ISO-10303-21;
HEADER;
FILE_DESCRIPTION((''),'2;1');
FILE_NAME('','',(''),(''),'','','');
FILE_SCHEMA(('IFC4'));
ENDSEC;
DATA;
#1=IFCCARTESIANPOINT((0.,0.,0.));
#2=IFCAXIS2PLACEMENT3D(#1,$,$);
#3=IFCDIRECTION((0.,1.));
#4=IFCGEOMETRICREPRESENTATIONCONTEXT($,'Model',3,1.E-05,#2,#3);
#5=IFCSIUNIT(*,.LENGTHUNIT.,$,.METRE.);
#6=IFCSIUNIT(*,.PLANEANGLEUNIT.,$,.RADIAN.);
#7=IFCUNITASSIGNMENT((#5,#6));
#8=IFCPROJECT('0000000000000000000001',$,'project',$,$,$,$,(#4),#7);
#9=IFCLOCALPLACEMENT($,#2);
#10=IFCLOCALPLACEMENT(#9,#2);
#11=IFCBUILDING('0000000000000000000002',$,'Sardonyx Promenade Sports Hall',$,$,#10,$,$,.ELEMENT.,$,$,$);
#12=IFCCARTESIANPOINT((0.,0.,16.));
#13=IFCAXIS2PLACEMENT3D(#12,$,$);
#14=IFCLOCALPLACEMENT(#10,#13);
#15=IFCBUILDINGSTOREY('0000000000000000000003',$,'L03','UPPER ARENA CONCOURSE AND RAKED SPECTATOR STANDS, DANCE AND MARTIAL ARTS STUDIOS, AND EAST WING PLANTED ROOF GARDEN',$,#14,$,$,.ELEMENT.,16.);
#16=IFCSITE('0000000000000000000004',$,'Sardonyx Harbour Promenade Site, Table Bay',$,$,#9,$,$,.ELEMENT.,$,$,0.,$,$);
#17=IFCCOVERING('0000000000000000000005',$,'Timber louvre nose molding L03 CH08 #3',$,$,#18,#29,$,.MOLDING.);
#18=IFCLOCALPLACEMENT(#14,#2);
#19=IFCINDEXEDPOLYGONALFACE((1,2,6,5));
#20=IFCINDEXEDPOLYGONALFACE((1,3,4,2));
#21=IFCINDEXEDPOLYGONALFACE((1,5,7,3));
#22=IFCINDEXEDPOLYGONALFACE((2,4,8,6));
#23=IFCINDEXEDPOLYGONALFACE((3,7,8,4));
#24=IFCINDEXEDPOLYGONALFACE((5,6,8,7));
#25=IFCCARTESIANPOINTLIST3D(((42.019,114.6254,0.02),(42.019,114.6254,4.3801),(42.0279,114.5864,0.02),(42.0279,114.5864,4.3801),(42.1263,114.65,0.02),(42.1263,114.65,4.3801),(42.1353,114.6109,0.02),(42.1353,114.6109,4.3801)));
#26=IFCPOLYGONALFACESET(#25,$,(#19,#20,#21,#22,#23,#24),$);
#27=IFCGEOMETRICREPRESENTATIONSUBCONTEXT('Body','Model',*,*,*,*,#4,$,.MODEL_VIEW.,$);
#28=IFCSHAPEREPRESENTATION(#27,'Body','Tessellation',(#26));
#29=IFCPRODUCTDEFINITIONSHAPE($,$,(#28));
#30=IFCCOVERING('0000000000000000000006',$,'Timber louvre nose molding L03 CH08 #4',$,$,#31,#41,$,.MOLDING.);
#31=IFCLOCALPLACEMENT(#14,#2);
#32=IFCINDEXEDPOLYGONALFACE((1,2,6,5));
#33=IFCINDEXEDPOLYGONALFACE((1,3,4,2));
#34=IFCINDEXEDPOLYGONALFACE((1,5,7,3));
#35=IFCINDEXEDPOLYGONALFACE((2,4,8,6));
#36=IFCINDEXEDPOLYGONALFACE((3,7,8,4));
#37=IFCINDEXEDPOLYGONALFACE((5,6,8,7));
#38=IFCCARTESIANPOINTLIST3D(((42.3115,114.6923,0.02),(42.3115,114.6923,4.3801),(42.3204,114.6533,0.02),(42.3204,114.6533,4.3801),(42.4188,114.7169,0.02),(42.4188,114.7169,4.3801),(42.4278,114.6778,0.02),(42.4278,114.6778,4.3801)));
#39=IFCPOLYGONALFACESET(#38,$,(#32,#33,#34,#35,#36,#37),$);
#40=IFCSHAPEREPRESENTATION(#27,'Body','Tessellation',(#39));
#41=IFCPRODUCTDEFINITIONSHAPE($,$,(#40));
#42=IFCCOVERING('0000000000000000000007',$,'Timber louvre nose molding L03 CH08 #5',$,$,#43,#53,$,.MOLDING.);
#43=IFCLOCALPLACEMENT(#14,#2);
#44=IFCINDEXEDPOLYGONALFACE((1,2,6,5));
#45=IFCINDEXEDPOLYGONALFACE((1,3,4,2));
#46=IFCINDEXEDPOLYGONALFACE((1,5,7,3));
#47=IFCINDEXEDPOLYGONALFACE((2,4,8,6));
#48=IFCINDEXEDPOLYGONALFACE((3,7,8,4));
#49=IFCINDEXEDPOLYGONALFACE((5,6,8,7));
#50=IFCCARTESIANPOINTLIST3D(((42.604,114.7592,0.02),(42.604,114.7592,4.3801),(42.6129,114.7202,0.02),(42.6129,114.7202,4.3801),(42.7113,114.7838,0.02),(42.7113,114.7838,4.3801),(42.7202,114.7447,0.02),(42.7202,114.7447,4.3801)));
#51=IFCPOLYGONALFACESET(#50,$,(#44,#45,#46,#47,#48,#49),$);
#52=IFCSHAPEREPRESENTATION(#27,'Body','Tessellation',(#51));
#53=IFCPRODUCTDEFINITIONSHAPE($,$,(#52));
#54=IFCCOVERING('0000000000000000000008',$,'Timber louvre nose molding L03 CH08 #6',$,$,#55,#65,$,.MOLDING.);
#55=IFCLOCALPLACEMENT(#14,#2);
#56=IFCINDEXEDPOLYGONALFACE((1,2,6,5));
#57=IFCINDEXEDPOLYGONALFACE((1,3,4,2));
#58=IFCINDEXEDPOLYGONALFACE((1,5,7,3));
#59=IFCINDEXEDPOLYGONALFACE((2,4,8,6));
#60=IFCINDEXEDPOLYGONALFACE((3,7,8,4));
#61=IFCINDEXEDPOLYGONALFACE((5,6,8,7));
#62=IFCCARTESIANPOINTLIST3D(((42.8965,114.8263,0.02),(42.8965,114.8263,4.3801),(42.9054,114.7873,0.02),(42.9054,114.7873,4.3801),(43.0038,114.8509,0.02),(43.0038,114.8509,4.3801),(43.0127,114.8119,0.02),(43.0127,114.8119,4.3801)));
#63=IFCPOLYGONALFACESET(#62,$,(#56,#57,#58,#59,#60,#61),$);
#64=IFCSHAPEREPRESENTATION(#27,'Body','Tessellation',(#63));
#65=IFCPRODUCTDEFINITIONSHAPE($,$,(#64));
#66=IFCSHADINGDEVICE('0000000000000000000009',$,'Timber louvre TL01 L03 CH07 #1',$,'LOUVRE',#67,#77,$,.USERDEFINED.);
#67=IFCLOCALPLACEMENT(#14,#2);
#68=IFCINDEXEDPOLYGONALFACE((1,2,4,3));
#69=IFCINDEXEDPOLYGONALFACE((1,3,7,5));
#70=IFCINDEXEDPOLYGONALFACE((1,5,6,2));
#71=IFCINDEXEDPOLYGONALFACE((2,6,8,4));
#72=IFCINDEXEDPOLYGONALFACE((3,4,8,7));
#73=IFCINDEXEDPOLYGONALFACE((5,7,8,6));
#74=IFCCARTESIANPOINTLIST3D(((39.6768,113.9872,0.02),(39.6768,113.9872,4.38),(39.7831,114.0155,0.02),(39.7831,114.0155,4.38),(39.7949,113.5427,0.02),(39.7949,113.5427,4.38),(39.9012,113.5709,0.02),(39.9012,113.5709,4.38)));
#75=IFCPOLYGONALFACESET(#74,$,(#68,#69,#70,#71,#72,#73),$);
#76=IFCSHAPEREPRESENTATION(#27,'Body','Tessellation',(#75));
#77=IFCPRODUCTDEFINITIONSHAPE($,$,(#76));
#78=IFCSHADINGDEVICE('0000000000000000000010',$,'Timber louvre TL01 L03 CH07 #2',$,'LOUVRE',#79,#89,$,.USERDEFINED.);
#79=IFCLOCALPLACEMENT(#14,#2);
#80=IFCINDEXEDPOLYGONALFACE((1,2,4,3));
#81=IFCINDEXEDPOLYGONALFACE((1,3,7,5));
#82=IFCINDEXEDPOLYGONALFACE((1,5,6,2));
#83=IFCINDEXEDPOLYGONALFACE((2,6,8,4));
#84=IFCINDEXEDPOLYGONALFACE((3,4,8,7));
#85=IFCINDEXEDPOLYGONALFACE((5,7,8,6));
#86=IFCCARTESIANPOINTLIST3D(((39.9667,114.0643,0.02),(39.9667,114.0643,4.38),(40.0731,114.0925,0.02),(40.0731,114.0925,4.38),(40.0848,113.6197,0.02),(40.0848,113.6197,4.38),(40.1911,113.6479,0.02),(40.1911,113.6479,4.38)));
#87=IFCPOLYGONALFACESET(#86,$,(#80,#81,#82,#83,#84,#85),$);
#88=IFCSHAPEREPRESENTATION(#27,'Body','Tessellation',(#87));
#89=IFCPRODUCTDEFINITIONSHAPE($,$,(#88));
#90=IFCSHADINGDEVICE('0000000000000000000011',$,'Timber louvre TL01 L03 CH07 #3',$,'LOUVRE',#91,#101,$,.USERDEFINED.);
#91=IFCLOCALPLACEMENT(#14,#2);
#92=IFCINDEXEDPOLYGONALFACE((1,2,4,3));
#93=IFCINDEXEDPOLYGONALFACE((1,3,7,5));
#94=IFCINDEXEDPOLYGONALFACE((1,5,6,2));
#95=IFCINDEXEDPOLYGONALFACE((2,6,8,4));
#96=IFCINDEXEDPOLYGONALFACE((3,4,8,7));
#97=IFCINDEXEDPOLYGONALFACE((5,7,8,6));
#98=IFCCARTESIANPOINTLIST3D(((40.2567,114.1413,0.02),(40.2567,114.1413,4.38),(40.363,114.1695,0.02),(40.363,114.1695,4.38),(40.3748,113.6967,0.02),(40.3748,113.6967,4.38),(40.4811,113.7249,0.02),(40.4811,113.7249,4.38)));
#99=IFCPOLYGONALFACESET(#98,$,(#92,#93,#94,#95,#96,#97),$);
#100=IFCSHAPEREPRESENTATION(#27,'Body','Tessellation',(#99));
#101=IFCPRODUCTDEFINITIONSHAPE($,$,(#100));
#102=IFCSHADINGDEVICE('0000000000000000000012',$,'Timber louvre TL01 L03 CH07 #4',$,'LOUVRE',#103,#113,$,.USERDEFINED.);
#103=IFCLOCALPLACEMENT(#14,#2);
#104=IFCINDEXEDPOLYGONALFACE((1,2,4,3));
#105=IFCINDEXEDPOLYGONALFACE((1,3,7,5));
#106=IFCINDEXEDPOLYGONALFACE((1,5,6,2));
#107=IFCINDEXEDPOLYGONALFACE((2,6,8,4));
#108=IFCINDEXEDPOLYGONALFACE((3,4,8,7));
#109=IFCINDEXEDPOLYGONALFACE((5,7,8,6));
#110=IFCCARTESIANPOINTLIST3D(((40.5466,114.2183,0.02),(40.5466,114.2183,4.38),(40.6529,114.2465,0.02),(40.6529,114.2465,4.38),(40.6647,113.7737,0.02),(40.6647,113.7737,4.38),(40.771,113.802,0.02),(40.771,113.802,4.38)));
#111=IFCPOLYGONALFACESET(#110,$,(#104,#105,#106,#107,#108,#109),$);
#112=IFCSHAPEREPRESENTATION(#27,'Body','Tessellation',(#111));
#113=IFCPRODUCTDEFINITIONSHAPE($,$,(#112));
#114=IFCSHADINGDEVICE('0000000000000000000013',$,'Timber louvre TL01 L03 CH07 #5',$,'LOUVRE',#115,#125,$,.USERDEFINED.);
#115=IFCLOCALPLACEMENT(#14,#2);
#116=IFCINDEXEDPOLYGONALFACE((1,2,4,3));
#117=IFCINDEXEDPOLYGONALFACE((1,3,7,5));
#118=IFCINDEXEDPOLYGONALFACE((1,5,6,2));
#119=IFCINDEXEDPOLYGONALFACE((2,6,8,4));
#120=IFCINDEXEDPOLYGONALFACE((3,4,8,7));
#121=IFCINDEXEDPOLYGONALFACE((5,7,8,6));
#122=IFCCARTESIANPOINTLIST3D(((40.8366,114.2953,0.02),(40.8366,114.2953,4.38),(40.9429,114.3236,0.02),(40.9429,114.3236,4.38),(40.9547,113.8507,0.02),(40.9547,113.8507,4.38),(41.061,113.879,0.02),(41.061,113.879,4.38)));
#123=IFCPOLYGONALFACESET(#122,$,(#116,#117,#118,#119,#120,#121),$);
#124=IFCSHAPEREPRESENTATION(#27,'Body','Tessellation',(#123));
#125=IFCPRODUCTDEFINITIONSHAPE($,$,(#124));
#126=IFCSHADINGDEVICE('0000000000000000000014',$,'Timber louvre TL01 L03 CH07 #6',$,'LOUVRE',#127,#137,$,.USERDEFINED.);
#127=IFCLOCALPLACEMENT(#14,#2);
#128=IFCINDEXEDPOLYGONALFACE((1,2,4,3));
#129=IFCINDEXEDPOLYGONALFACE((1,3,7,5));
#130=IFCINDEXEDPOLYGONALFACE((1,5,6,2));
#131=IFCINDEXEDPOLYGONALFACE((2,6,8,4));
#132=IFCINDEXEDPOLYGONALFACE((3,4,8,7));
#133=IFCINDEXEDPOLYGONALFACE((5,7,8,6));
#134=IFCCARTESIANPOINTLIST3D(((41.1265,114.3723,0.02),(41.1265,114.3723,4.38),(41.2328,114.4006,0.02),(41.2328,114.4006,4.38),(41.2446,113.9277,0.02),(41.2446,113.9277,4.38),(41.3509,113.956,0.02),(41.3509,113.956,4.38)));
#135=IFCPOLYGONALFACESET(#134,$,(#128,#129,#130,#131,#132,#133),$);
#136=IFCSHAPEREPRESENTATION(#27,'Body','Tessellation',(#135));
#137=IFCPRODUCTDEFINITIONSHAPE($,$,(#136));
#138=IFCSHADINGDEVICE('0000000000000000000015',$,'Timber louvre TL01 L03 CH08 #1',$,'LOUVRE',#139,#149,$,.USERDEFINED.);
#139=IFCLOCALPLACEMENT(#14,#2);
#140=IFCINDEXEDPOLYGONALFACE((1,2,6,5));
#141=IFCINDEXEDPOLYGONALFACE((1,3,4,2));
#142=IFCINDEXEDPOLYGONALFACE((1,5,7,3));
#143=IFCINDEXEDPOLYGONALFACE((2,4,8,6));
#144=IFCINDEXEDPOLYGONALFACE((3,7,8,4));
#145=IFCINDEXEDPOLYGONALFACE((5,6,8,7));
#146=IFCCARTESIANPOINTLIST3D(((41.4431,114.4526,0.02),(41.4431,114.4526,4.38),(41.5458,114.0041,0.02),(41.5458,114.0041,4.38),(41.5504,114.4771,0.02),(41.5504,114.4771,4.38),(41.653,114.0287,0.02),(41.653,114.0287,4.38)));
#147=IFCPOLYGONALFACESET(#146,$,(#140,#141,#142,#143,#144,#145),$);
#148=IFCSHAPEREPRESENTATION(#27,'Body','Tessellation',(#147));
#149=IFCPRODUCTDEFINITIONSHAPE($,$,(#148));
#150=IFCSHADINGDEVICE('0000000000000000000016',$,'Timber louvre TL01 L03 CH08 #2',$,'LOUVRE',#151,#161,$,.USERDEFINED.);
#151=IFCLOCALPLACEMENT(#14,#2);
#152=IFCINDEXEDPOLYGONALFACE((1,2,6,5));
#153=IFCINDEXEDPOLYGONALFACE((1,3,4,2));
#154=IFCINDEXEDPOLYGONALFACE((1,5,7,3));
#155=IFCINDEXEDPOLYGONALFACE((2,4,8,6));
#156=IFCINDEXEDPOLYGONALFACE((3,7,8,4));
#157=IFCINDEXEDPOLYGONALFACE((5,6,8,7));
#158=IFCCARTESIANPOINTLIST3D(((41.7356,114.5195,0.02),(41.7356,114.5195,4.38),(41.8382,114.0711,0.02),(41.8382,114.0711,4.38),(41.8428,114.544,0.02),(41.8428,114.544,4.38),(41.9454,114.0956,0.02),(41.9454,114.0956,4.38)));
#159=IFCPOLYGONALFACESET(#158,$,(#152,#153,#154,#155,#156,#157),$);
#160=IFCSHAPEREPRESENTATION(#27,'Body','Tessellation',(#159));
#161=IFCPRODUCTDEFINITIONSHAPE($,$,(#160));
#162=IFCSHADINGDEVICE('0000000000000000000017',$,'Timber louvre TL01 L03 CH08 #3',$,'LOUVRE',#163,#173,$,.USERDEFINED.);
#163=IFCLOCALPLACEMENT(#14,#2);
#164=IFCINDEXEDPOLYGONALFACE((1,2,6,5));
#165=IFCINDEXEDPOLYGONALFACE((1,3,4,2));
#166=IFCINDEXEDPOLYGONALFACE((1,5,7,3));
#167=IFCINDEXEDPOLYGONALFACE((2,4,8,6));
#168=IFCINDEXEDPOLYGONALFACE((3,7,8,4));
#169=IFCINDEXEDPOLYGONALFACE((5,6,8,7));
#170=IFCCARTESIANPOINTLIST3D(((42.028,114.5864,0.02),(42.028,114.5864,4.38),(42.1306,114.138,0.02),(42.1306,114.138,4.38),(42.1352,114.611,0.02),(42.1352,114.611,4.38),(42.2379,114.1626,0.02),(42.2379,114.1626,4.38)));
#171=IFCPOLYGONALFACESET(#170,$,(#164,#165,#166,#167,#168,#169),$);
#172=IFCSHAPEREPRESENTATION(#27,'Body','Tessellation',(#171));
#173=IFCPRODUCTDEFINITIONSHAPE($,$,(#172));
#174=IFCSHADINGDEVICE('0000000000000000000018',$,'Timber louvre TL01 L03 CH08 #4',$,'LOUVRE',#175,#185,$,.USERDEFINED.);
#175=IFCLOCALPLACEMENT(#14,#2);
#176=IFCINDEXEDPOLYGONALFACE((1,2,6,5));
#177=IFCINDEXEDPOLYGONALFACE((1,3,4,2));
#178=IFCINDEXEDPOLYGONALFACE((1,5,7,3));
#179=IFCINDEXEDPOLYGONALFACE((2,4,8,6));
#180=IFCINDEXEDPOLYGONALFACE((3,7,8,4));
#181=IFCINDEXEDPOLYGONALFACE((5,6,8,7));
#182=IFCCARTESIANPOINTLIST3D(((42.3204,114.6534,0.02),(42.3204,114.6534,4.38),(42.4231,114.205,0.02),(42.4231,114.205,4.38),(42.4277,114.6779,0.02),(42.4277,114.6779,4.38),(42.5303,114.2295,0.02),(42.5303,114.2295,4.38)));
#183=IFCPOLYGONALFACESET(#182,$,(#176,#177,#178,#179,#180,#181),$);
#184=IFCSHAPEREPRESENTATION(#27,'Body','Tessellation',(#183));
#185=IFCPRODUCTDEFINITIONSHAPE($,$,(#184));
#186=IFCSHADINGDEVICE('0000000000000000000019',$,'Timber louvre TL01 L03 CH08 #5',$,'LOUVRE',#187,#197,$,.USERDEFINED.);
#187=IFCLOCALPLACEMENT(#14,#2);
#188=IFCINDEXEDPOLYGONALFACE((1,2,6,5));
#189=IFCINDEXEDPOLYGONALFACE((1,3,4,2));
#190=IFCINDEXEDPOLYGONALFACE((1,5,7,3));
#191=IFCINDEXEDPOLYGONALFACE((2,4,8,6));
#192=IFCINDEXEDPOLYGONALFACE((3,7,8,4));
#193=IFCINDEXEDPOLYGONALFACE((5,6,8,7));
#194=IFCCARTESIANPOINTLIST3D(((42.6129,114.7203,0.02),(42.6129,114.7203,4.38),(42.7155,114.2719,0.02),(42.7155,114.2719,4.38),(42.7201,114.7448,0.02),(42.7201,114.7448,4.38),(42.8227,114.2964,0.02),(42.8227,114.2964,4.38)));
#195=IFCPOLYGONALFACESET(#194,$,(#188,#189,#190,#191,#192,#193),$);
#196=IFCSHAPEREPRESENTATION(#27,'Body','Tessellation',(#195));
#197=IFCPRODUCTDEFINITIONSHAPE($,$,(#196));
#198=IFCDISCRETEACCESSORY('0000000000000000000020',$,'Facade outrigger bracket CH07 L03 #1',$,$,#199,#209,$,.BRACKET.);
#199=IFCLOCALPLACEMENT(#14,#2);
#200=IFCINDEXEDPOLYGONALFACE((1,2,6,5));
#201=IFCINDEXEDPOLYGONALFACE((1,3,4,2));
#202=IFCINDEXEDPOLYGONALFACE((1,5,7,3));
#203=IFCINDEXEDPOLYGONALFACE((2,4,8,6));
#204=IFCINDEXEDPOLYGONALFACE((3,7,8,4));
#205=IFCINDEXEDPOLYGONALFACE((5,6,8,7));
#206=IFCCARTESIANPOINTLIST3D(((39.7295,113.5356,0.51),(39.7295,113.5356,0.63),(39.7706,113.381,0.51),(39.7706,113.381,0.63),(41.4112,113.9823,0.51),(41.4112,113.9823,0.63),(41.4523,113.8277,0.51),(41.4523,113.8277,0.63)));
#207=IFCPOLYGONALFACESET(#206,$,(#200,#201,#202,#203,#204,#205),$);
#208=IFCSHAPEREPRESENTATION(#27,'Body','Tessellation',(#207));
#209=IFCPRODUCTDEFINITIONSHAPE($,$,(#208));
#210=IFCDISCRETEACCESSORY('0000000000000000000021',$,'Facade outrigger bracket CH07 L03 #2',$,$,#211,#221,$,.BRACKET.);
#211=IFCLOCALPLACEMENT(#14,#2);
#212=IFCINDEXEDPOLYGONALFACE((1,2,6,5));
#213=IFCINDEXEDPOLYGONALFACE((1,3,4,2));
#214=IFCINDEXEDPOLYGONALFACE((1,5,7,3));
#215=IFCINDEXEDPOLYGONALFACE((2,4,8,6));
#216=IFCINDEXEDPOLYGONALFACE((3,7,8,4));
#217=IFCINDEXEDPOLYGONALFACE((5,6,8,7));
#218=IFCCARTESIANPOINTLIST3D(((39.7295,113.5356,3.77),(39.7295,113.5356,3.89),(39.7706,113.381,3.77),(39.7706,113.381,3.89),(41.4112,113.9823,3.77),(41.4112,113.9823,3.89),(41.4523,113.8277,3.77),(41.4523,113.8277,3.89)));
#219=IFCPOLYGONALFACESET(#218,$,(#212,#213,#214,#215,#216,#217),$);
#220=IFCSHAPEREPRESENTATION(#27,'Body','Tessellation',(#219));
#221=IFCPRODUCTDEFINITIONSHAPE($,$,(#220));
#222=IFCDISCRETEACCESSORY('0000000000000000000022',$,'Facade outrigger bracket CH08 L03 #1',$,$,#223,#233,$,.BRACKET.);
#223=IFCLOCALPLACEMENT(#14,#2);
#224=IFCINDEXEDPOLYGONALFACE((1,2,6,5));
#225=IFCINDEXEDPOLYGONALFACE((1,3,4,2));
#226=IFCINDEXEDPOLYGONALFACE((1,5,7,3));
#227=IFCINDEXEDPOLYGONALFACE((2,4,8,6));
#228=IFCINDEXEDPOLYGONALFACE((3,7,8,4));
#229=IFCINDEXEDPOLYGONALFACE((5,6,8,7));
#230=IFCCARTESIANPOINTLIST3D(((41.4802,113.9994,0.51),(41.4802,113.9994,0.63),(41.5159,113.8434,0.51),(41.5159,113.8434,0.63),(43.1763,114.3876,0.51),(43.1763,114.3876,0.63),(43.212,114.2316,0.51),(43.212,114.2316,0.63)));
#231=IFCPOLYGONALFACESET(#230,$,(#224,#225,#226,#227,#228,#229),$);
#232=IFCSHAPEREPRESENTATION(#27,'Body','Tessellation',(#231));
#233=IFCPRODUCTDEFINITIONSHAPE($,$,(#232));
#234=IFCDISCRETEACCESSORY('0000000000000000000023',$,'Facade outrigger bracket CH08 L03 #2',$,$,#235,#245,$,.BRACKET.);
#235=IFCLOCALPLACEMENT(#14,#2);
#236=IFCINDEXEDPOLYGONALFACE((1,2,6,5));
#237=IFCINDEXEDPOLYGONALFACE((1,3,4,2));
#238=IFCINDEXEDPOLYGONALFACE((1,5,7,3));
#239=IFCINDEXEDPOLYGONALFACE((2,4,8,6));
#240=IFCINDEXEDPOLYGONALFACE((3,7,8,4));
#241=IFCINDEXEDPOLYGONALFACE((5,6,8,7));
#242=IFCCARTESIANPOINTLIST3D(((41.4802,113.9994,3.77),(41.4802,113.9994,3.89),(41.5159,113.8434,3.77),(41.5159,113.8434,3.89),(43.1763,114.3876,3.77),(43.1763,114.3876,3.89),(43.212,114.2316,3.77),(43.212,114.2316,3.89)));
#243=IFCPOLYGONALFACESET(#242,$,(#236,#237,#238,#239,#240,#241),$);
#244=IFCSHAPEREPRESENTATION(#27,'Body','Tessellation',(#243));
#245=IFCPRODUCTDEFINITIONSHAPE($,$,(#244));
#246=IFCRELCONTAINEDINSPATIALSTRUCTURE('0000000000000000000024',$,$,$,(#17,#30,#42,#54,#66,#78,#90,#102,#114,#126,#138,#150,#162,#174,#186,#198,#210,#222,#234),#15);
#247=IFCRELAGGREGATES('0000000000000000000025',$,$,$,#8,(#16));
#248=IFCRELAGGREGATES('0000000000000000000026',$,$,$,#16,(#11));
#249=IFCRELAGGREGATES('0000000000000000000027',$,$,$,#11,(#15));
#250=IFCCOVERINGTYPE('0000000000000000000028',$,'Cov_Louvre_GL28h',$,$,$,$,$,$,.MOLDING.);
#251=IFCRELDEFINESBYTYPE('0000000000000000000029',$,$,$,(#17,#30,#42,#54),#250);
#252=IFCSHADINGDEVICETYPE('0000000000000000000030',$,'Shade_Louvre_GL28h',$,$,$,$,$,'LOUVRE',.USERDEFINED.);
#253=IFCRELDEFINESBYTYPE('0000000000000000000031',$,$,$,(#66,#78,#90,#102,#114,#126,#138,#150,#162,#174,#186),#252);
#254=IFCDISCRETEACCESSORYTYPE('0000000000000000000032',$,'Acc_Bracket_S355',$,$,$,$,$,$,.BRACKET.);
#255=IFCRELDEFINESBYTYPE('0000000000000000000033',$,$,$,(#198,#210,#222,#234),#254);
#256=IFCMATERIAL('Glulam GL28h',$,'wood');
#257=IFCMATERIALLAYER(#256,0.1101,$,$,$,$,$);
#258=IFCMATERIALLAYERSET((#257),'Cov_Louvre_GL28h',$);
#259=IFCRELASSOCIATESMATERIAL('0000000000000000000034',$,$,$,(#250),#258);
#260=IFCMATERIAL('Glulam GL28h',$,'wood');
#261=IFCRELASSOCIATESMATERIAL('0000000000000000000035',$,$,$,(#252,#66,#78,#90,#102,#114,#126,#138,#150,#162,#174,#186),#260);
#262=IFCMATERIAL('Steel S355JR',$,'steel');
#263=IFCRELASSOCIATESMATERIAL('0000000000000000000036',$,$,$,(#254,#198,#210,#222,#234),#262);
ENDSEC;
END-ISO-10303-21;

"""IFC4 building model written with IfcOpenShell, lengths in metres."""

from ifc_helpers import new_model, si_unit, direction, frame, origin, origin_2d, place, context, subcontext, project, spatial, rectangle, extrude, material, layer, layer_set, type_object, element, save


model = new_model("IFC4")

# Units and contexts
model_context = context("Model", 3, precision=1e-05, world=origin(), true_north=direction((0.0, 1.0)))
body_context = subcontext(model_context, "Body", "Model", "MODEL_VIEW")
ifc_project = project(units=[si_unit("LENGTHUNIT", "METRE"), si_unit("PLANEANGLEUNIT", "RADIAN")], contexts=[model_context])

# Site, building, storey
site_placement = place(None, origin())
site = spatial("IfcSite", under=ifc_project, at=site_placement, Name="Sardonyx Harbour Promenade Site, Table Bay", CompositionType="ELEMENT", RefElevation=0.0)
building_placement = place(site_placement, origin())
building = spatial("IfcBuilding", under=site, at=building_placement, Name="Sardonyx Promenade Sports Hall", CompositionType="ELEMENT")
storey_placement = place(building_placement, frame((0.0, 0.0, 16.0)))
storey = spatial("IfcBuildingStorey", under=building, at=storey_placement, Name="L03", Description="UPPER ARENA CONCOURSE AND RAKED SPECTATOR STANDS, DANCE AND MARTIAL ARTS STUDIOS, AND EAST WING PLANTED ROOF GARDEN", CompositionType="ELEMENT", Elevation=16.0)

# Coverings
ifc_material_1 = material(Name="Glulam GL28h", Category="wood")
ifc_layer_1 = layer(ifc_material_1, 0.1101)
ifc_layer_set_1 = layer_set([ifc_layer_1], Name="Cov_Louvre_GL28h")
covering_type = type_object("IfcCoveringType", Name="Cov_Louvre_GL28h", PredefinedType="MOLDING", material=ifc_layer_set_1)
for number, where, z_axis, x_axis, name in (
    (1, (42.0771, 114.6182, 0.02), (0.0, 0.0, 1.0), (0.974792, 0.223117, 0.0), "Timber louvre nose molding L03 CH08 #3"),
    (2, (42.3696, 114.6851, 0.02), (0.0, 0.0, 1.0), (0.974792, 0.223117, 0.0), "Timber louvre nose molding L03 CH08 #4"),
    (3, (42.6621, 114.752, 0.02), (0.0, 0.0, 1.0), (0.974792, 0.223117, 0.0), "Timber louvre nose molding L03 CH08 #5"),
    (4, (42.9546, 114.8191, 0.02), (0.0, 0.0, 1.0), (0.974792, 0.223117, 0.0), "Timber louvre nose molding L03 CH08 #6"),
):
    element("IfcCovering", number, at=place(storey_placement, frame(where, z_axis=z_axis, x_axis=x_axis)), inside=storey, type_object=covering_type, Name=name, PredefinedType="MOLDING", context=body_context, shape_type="SweptSolid", body=[
        extrude(rectangle(XDim=0.1101, YDim=0.04, at=origin_2d()), origin(), (0.0, 0.0, 1.0), 4.3601),
    ])

# Shading devices
ifc_material_2 = material(Name="Glulam GL28h", Category="wood")
shading_device_type = type_object("IfcShadingDeviceType", Name="Shade_Louvre_GL28h", ElementType="LOUVRE", PredefinedType="USERDEFINED", material=ifc_material_2)
for number, where, z_axis, x_axis, name in (
    (5, (39.789, 113.7791, 0.02), (0.0, 0.0, 1.0), (0.966485, 0.256721, 0.0), "Timber louvre TL01 L03 CH07 #1"),
    (6, (40.0789, 113.8561, 0.02), (0.0, 0.0, 1.0), (0.966485, 0.256721, 0.0), "Timber louvre TL01 L03 CH07 #2"),
    (7, (40.3689, 113.9331, 0.02), (0.0, 0.0, 1.0), (0.966485, 0.256721, 0.0), "Timber louvre TL01 L03 CH07 #3"),
    (8, (40.6588, 114.0101, 0.02), (0.0, 0.0, 1.0), (0.966485, 0.256721, 0.0), "Timber louvre TL01 L03 CH07 #4"),
    (9, (40.9488, 114.0871, 0.02), (0.0, 0.0, 1.0), (0.966485, 0.256721, 0.0), "Timber louvre TL01 L03 CH07 #5"),
    (10, (41.2387, 114.1642, 0.02), (0.0, 0.0, 1.0), (0.966485, 0.256721, 0.0), "Timber louvre TL01 L03 CH07 #6"),
    (11, (41.5481, 114.2406, 0.02), (0.0, 0.0, 1.0), (0.974792, 0.223117, 0.0), "Timber louvre TL01 L03 CH08 #1"),
    (12, (41.8405, 114.3076, 0.02), (0.0, 0.0, 1.0), (0.974792, 0.223117, 0.0), "Timber louvre TL01 L03 CH08 #2"),
    (13, (42.1329, 114.3745, 0.02), (0.0, 0.0, 1.0), (0.974792, 0.223117, 0.0), "Timber louvre TL01 L03 CH08 #3"),
    (14, (42.4254, 114.4414, 0.02), (0.0, 0.0, 1.0), (0.974792, 0.223117, 0.0), "Timber louvre TL01 L03 CH08 #4"),
    (15, (42.7178, 114.5084, 0.02), (0.0, 0.0, 1.0), (0.974792, 0.223117, 0.0), "Timber louvre TL01 L03 CH08 #5"),
):
    element("IfcShadingDevice", number, at=place(storey_placement, frame(where, z_axis=z_axis, x_axis=x_axis)), inside=storey, type_object=shading_device_type, material=ifc_material_2, Name=name, ObjectType="LOUVRE", PredefinedType="USERDEFINED", context=body_context, shape_type="SweptSolid", body=[
        extrude(rectangle(XDim=0.11, YDim=0.46), origin(), (0.0, 0.0, 1.0), 4.36),
    ])

# Discrete accessories
ifc_material_3 = material(Name="Steel S355JR", Category="steel")
discrete_accessory_type = type_object("IfcDiscreteAccessoryType", Name="Acc_Bracket_S355", PredefinedType="BRACKET", material=ifc_material_3)
for number, where, z_axis, x_axis, name in (
    (16, (40.5909, 113.6817, 0.51), (0.0, 0.0, 1.0), (0.966485, 0.256721, 0.0), "Facade outrigger bracket CH07 L03 #1"),
    (17, (40.5909, 113.6817, 3.77), (0.0, 0.0, 1.0), (0.966485, 0.256721, 0.0), "Facade outrigger bracket CH07 L03 #2"),
    (18, (42.3461, 114.1155, 0.51), (0.0, 0.0, 1.0), (0.974792, 0.223117, 0.0), "Facade outrigger bracket CH08 L03 #1"),
    (19, (42.3461, 114.1155, 3.77), (0.0, 0.0, 1.0), (0.974792, 0.223117, 0.0), "Facade outrigger bracket CH08 L03 #2"),
):
    element("IfcDiscreteAccessory", number, at=place(storey_placement, frame(where, z_axis=z_axis, x_axis=x_axis)), inside=storey, type_object=discrete_accessory_type, material=ifc_material_3, Name=name, PredefinedType="BRACKET", context=body_context, shape_type="SweptSolid", body=[
        extrude(rectangle(XDim=1.74, YDim=0.16), origin(), (0.0, 0.0, 1.0), 0.12),
    ])

save(model, "model.ifc")
